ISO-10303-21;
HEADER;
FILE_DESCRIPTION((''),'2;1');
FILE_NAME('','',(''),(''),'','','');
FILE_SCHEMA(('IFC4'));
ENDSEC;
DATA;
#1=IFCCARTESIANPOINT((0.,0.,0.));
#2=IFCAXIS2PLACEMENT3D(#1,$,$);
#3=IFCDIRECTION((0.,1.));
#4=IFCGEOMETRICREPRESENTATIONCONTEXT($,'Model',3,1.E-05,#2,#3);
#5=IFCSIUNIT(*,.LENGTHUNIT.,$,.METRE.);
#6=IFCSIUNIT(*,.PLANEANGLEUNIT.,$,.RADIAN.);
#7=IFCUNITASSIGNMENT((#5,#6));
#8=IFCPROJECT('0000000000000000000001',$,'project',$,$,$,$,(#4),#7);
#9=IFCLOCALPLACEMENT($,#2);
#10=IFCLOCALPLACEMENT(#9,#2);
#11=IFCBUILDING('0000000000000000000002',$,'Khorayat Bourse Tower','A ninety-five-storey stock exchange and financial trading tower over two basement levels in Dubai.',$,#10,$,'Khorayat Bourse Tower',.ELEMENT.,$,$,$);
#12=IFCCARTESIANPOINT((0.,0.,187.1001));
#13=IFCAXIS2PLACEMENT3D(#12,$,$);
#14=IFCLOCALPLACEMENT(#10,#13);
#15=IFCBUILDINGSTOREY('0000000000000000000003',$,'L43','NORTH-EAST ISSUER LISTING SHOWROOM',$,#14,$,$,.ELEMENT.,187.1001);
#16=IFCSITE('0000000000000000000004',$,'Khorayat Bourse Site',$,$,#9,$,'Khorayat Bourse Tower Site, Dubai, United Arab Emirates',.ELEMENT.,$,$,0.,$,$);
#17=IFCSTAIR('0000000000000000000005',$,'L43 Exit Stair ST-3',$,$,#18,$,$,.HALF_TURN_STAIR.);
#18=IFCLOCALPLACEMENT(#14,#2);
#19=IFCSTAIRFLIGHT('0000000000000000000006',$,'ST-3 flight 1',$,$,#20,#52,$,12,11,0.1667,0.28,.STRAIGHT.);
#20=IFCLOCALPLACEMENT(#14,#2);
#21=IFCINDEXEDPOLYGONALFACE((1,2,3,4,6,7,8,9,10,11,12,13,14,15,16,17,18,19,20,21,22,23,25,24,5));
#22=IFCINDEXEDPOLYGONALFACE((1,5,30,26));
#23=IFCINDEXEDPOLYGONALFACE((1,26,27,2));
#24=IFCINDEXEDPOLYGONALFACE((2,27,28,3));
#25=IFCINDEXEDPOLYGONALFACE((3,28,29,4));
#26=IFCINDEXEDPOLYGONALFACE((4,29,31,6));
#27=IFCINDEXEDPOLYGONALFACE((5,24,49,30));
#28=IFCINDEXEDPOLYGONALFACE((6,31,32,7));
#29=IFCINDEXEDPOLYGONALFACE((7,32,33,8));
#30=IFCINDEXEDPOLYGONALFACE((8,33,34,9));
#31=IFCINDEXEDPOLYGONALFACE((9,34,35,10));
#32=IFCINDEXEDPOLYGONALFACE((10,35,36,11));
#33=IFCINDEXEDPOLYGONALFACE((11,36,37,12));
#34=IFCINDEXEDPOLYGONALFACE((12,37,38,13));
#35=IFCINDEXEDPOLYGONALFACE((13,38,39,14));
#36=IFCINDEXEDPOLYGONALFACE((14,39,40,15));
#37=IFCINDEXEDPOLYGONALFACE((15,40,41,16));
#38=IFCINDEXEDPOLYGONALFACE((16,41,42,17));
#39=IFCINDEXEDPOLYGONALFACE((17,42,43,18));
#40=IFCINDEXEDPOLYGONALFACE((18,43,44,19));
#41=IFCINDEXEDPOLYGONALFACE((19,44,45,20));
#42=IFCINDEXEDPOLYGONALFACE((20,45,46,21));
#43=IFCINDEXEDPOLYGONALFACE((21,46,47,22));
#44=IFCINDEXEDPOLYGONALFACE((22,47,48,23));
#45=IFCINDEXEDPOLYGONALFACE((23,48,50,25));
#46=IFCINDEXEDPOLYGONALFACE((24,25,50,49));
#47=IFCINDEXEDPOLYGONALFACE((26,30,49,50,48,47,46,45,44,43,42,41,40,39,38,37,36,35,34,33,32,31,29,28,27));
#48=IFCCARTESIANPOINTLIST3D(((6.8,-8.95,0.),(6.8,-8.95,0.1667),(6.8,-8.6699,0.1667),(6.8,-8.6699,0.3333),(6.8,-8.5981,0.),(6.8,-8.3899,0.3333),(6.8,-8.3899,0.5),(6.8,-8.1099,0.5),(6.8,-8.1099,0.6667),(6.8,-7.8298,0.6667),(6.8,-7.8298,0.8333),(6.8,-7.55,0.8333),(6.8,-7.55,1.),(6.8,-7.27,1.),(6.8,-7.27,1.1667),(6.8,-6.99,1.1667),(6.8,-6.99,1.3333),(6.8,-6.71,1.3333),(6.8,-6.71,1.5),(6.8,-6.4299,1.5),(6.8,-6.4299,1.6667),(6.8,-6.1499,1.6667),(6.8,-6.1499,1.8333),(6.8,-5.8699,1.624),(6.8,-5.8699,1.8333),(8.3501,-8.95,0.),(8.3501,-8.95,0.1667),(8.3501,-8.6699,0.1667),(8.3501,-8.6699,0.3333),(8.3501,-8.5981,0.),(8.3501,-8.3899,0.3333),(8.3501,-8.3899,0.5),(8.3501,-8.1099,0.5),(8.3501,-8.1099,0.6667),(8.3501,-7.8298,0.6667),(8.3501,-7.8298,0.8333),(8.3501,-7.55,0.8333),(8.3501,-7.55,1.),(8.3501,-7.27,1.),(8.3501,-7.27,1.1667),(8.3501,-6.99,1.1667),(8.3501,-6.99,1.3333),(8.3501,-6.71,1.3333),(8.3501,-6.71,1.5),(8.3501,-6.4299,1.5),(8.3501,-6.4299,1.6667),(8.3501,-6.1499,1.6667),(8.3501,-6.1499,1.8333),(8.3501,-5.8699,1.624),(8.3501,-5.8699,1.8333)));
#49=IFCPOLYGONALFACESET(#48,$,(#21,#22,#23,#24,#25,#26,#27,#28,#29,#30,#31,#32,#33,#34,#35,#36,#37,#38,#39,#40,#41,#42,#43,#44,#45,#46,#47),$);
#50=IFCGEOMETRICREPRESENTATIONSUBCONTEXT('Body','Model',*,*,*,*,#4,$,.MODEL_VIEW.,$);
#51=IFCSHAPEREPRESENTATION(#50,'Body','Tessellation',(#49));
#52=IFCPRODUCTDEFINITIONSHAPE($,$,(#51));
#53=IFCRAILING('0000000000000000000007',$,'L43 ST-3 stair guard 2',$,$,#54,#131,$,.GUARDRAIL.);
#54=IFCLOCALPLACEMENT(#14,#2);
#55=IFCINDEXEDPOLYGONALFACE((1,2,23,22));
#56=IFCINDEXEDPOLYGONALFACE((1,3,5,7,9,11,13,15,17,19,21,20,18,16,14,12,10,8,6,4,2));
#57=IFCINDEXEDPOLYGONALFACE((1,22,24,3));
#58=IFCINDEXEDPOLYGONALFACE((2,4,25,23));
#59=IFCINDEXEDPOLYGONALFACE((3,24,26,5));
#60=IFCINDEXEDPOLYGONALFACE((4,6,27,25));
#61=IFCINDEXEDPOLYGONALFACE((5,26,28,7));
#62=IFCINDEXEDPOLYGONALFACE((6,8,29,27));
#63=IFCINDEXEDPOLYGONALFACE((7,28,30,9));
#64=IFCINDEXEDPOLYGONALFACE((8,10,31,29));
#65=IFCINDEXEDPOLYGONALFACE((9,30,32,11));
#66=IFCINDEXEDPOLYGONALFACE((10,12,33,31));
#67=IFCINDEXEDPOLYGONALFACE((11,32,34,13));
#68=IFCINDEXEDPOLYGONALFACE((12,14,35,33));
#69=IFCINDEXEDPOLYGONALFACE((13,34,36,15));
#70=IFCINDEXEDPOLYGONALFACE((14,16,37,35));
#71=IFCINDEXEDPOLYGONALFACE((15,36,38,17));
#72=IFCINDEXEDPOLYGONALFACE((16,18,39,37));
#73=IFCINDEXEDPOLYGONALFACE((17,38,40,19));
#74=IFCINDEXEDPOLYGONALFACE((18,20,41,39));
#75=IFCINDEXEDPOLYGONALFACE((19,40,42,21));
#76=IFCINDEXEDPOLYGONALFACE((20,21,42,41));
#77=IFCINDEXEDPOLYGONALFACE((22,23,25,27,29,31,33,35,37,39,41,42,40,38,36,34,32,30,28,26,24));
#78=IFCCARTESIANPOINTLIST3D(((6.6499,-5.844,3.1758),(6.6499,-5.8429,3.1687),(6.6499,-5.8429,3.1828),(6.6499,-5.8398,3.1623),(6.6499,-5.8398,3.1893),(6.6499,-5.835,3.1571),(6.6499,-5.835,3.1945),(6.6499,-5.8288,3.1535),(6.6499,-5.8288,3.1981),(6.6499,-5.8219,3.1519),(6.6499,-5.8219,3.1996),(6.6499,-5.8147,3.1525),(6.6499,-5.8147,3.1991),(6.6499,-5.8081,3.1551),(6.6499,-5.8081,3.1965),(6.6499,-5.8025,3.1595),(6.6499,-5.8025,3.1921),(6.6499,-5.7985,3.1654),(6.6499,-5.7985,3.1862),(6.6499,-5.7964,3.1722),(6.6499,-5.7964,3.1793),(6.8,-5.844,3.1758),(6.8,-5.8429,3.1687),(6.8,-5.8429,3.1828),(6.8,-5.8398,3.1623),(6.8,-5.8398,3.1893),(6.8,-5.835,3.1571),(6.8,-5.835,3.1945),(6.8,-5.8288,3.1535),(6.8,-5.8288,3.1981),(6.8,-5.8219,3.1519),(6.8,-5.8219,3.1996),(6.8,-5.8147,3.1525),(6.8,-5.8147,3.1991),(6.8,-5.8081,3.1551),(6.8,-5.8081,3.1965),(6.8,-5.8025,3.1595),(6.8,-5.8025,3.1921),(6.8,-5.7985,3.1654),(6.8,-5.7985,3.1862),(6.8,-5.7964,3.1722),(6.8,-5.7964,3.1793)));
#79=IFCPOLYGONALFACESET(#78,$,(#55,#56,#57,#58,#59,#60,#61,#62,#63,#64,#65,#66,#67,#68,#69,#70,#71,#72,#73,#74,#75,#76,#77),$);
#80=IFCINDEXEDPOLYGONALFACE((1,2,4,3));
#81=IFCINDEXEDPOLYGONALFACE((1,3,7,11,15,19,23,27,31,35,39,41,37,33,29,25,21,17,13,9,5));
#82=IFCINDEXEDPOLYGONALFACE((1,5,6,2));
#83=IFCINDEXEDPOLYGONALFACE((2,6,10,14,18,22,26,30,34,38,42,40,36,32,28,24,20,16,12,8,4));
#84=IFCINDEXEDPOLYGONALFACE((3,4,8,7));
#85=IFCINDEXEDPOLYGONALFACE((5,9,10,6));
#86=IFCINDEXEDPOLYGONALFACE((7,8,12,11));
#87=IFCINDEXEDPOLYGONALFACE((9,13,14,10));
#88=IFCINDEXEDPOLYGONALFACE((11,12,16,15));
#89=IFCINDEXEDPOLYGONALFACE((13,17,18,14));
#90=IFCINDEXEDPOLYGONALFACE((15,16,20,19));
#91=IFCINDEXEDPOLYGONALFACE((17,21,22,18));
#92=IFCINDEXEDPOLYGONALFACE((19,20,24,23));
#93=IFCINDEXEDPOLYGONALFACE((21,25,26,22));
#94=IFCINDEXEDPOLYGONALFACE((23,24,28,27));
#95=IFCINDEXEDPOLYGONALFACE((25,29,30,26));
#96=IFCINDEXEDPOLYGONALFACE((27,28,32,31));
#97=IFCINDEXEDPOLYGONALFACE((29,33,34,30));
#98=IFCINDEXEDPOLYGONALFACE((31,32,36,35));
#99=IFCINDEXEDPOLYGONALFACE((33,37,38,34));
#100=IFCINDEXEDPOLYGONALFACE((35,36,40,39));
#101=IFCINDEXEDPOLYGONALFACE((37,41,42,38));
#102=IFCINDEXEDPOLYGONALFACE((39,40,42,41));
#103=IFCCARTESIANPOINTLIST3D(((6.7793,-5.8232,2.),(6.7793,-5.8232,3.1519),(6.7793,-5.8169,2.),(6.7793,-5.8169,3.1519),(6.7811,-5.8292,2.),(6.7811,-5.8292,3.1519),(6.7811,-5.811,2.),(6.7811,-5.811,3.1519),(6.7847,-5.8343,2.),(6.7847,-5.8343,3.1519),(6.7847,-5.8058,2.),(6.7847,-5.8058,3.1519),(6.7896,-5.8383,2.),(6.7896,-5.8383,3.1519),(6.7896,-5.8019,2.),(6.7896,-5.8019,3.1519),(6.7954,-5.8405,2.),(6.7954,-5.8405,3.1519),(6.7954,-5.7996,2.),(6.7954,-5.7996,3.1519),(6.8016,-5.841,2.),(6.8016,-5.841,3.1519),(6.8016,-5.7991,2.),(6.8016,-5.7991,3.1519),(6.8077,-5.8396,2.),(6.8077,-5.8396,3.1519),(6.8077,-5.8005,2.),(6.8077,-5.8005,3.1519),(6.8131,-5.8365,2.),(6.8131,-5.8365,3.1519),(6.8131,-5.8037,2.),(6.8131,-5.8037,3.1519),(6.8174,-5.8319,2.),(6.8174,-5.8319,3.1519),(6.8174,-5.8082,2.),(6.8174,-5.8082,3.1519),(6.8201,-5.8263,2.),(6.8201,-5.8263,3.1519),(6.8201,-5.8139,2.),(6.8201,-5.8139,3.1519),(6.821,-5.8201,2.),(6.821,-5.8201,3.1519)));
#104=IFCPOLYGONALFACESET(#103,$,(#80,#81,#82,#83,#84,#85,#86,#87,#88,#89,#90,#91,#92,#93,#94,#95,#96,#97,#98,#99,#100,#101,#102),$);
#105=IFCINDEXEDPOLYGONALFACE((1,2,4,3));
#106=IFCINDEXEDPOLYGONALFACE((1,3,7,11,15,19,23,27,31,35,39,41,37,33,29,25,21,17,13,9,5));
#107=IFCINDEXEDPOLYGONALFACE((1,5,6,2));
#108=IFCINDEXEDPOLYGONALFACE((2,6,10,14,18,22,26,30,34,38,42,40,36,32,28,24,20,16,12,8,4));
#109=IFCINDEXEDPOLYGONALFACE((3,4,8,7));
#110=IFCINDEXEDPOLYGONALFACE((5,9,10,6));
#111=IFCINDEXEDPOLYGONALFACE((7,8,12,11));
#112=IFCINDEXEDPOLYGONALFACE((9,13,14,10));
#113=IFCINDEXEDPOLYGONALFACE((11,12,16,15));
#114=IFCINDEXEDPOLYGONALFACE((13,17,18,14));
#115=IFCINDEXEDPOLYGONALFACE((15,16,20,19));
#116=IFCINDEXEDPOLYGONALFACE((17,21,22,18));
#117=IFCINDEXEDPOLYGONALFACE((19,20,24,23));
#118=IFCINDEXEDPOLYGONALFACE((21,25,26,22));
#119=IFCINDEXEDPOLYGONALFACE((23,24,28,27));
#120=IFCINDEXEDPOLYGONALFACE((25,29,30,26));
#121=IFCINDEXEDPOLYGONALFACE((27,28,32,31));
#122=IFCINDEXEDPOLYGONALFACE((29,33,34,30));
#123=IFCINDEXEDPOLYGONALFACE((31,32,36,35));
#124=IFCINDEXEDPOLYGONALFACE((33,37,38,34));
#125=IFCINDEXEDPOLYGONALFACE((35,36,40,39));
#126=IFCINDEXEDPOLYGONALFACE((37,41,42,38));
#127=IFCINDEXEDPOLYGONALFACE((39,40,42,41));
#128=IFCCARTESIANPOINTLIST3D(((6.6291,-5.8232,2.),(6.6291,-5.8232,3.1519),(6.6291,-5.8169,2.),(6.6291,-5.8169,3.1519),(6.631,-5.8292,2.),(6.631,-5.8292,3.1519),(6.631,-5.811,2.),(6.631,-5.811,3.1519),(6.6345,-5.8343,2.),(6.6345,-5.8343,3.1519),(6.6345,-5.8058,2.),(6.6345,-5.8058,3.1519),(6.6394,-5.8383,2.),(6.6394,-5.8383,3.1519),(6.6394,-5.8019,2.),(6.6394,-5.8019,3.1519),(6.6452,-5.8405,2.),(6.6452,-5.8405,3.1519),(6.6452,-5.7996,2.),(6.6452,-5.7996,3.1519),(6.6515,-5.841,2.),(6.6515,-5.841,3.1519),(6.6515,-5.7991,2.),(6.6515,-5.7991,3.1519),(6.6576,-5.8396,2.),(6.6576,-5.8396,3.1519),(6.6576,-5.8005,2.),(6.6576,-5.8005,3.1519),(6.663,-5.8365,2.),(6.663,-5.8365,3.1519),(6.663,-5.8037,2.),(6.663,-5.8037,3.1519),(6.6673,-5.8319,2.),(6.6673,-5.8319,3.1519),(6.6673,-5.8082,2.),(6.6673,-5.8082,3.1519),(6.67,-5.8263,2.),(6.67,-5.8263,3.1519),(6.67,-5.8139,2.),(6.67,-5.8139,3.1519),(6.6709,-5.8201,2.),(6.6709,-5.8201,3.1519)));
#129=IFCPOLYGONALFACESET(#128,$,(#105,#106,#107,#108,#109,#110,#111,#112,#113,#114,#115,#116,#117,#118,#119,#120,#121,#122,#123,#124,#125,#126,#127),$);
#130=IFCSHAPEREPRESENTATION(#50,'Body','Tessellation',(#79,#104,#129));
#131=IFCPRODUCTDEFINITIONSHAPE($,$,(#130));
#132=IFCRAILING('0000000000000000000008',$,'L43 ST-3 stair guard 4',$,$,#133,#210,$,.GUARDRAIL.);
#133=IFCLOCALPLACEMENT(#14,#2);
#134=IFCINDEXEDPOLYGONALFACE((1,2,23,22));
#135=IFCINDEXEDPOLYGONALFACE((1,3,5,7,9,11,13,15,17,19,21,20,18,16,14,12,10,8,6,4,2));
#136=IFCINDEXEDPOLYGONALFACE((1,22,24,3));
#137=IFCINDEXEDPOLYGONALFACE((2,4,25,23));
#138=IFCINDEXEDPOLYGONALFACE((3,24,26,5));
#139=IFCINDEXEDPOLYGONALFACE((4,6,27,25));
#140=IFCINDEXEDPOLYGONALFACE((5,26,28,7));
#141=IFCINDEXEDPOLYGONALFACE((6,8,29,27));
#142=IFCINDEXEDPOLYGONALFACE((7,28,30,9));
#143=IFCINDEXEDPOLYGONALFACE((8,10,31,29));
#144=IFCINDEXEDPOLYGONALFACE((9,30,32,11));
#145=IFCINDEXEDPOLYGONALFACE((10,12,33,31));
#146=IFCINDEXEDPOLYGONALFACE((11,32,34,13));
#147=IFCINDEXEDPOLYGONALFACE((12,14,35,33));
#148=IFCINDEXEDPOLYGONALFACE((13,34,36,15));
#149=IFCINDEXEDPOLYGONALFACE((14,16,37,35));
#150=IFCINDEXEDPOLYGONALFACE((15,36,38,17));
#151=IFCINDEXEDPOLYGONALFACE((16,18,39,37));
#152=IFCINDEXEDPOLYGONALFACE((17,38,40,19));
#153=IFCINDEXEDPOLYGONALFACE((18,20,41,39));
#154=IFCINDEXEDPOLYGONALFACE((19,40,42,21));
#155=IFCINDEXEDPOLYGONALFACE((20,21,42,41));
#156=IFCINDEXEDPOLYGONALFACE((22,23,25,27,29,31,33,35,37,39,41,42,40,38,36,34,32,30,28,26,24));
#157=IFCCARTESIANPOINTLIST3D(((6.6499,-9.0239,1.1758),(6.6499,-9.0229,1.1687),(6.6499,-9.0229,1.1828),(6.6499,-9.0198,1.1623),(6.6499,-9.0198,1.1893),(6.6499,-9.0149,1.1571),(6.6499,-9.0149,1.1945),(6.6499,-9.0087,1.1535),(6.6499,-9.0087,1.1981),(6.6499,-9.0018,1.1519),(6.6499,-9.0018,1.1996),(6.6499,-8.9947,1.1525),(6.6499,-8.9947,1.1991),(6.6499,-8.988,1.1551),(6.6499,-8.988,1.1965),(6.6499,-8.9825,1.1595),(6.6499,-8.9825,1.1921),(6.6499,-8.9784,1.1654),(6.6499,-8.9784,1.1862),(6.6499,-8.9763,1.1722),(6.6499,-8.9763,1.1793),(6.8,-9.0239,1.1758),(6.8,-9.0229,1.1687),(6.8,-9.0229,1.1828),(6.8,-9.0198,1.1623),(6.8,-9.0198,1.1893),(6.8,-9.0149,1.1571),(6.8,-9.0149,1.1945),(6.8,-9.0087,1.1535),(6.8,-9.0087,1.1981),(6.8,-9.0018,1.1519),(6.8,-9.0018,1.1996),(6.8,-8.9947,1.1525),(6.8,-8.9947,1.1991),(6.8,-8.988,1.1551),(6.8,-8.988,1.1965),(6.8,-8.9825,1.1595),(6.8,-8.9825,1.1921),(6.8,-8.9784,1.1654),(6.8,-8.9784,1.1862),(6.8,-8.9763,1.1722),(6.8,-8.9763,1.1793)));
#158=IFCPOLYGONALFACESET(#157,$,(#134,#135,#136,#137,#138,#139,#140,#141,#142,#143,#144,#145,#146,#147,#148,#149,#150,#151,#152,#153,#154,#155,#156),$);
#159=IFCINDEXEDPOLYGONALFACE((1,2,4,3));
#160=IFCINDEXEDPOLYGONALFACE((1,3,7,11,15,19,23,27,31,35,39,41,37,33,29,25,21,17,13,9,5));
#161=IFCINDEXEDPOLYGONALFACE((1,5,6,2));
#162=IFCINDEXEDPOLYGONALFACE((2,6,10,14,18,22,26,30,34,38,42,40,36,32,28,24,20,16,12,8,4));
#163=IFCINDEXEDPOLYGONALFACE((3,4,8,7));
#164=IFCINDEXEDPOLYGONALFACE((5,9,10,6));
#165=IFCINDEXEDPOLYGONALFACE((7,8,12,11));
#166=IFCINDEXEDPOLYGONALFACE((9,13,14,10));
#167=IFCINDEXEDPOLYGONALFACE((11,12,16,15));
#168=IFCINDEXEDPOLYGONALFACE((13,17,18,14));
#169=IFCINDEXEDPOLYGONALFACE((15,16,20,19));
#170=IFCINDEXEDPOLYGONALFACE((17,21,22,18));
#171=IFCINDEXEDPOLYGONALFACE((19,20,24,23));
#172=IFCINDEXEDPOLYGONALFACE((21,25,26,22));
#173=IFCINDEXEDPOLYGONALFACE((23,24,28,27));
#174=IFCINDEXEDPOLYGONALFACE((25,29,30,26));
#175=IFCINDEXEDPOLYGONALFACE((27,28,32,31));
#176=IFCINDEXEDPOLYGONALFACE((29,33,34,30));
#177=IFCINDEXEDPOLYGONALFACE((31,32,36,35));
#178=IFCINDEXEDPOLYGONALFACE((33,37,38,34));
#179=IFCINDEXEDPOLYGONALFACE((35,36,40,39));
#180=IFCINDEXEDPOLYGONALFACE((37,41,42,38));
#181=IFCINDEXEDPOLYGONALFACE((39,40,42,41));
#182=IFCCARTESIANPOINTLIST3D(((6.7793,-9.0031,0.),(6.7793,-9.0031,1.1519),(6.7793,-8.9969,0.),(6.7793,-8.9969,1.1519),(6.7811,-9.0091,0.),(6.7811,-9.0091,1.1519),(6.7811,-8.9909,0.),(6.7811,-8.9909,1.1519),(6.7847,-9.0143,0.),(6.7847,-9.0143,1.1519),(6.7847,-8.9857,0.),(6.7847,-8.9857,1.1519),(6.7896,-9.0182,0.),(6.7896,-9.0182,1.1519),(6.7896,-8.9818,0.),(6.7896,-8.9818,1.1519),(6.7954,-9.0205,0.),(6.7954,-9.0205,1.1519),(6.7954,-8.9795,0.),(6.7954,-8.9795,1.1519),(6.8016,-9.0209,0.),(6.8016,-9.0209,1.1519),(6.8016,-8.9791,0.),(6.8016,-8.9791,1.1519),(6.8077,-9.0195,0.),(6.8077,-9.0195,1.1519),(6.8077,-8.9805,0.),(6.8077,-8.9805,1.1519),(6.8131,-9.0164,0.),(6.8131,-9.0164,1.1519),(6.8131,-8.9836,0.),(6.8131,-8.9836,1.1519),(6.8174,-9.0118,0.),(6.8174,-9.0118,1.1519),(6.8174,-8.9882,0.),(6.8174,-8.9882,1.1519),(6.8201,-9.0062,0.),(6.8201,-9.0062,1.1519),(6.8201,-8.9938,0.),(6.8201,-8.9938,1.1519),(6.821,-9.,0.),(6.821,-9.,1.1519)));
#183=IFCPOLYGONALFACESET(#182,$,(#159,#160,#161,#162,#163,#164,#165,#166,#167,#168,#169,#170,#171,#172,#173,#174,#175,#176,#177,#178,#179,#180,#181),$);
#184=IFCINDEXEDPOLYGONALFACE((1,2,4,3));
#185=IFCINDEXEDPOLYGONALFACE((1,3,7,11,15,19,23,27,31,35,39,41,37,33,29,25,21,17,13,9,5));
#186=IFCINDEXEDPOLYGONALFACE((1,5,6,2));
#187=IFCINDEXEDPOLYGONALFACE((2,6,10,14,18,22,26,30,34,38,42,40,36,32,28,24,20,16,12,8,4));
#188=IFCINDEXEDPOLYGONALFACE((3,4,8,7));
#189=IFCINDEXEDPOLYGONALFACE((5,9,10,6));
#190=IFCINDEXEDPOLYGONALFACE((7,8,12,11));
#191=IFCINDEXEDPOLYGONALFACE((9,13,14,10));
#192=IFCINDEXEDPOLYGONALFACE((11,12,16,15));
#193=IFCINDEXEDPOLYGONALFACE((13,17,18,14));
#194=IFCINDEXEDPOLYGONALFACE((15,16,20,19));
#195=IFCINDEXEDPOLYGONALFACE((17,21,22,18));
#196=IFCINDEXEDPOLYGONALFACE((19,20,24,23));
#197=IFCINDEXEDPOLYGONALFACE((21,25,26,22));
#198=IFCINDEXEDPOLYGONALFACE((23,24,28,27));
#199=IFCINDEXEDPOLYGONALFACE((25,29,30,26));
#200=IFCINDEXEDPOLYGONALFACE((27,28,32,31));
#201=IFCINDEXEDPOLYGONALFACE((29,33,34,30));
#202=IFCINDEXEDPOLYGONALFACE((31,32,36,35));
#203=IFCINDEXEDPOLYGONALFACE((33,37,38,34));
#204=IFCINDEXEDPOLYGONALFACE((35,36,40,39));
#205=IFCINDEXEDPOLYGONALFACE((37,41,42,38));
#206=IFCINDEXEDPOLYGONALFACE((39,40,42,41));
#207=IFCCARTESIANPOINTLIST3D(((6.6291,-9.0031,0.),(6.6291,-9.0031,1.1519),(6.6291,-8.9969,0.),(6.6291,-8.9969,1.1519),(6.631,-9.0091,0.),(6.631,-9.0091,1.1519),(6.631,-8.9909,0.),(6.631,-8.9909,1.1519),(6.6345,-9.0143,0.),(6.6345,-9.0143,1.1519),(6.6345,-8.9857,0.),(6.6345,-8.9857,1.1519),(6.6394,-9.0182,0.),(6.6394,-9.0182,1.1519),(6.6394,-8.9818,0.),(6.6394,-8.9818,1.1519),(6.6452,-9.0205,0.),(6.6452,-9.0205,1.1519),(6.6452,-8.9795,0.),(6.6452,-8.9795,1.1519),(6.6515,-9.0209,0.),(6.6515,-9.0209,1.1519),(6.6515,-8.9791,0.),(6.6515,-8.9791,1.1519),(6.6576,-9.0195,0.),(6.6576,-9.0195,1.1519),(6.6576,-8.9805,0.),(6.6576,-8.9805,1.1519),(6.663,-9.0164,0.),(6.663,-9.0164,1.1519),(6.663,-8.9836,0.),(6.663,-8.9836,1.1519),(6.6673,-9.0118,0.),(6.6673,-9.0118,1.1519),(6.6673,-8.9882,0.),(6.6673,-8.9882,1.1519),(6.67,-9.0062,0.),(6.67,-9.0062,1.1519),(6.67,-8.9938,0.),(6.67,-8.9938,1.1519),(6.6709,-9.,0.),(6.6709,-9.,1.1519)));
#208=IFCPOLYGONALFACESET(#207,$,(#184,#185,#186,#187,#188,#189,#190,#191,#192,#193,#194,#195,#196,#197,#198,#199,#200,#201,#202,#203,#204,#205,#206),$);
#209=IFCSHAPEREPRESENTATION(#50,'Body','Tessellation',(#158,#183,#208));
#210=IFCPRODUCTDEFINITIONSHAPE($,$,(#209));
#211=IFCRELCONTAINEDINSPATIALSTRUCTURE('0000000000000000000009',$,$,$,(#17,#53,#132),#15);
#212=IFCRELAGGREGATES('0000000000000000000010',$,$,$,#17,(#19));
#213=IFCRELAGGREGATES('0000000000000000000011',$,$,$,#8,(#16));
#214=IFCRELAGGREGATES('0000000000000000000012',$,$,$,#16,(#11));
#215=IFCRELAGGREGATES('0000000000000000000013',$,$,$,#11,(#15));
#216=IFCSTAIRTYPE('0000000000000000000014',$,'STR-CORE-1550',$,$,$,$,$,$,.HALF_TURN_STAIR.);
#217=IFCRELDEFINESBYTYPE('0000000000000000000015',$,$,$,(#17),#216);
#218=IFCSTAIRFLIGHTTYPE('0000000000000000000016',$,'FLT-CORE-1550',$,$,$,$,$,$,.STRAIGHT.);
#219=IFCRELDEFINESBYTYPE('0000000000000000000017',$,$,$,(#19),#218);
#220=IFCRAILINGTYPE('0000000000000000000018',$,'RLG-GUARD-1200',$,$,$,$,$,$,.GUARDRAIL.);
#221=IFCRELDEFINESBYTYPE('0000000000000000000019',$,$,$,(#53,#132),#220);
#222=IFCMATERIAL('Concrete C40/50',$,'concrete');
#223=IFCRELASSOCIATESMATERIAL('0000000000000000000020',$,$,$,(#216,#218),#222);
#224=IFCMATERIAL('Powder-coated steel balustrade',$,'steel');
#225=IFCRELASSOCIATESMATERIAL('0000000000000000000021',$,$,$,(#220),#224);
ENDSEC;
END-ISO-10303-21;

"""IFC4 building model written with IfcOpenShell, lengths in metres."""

from ifc_helpers import new_model, si_unit, direction, frame, origin, origin_2d, place, context, subcontext, project, spatial, polyline, circle, outline, extrude, source, transform, mapped, material, type_object, element, aggregate, save


model = new_model("IFC4")

# Units and contexts
model_context = context("Model", 3, precision=1e-05, world=origin(), true_north=direction((0.0, 1.0)))
body_context = subcontext(model_context, "Body", "Model", "MODEL_VIEW")
ifc_project = project(units=[si_unit("LENGTHUNIT", "METRE"), si_unit("PLANEANGLEUNIT", "RADIAN")], contexts=[model_context])

# Site, building, storey
site_placement = place(None, origin())
site = spatial("IfcSite", under=ifc_project, at=site_placement, Name="Khorayat Bourse Site", LongName="Khorayat Bourse Tower Site, Dubai, United Arab Emirates", CompositionType="ELEMENT", RefElevation=0.0)
building_placement = place(site_placement, origin())
building = spatial("IfcBuilding", under=site, at=building_placement, Name="Khorayat Bourse Tower", Description="A ninety-five-storey stock exchange and financial trading tower over two basement levels in Dubai.", LongName="Khorayat Bourse Tower", CompositionType="ELEMENT")
storey_placement = place(building_placement, frame((0.0, 0.0, 187.1001)))
storey = spatial("IfcBuildingStorey", under=building, at=storey_placement, Name="L43", Description="NORTH-EAST ISSUER LISTING SHOWROOM", CompositionType="ELEMENT", Elevation=187.1001)

# Stair, stair flight
ifc_material_1 = material(Name="Concrete C40/50", Category="concrete")
stair_type = type_object("IfcStairType", Name="STR-CORE-1550", PredefinedType="HALF_TURN_STAIR", material=ifc_material_1)
stair_placement = place(storey_placement, origin())
stair = element("IfcStair", 1, at=stair_placement, inside=storey, type_object=stair_type, Name="L43 Exit Stair ST-3", PredefinedType="HALF_TURN_STAIR")
stair_flight_type = type_object("IfcStairFlightType", Name="FLT-CORE-1550", PredefinedType="STRAIGHT", material=ifc_material_1)
shared_shape_1 = source(origin(), body_context, "Body", "SweptSolid", [
    extrude(outline(polyline([(0.0, 0.0), (0.0, 0.1667), (0.28, 0.1667), (0.28, 0.3333), (0.5601, 0.3333), (0.5601, 0.5), (0.8401, 0.5), (0.8401, 0.6667), (1.1201, 0.6667), (1.1201, 0.8333), (1.3999, 0.8333), (1.3999, 1.0), (1.6799, 1.0), (1.6799, 1.1667), (1.96, 1.1667), (1.96, 1.3333), (2.24, 1.3333), (2.24, 1.5), (2.52, 1.5), (2.52, 1.6667), (2.8, 1.6667), (2.8, 1.8333), (3.0801, 1.8333), (3.0801, 2.0), (3.0801, 1.624), (0.3518, 0.0), (0.0, 0.0)])), frame((0.0, 0.7749, 0.0), z_axis=(0.0, -1.0, 0.0), x_axis=(1.0, 0.0, 0.0)), (0.0, 0.0, 1.0), 1.55),
])
stair_flight_placement = place(storey_placement, frame((7.575, -8.95, 0.0), z_axis=(0.0, 0.0, 1.0), x_axis=(0.0, 1.0, 0.0)))
stair_flight = element("IfcStairFlight", 2, at=stair_flight_placement, type_object=stair_flight_type, Name="ST-3 flight 1", NumberOfRisers=12, NumberOfTreads=11, PredefinedType="STRAIGHT", RiserHeight=0.1667, TreadLength=0.28, context=body_context, shape_type="MappedRepresentation", body=[
    mapped(shared_shape_1, transform((0.0, 0.0, 0.0), scale=1.0)),
])
aggregate(stair, [stair_flight])

# Railings
ifc_material_2 = material(Name="Powder-coated steel balustrade", Category="steel")
railing_type_1 = type_object("IfcRailingType", Name="RLG-GUARD-1200", PredefinedType="GUARDRAIL", material=ifc_material_2)
shared_shape_2 = source(origin(), body_context, "Body", "SweptSolid", [
    extrude(circle(Radius=0.0239, at=origin_2d()), frame((0.0, 0.0, 1.1758), z_axis=(-1.0, 0.0, 0.0), x_axis=(0.0, -1.0, 0.0)), (0.0, 0.0, 1.0), 0.1501),
    extrude(circle(Radius=0.021, at=origin_2d()), origin(), (0.0, 0.0, 1.0), 1.1519),
    extrude(circle(Radius=0.021, at=origin_2d()), frame((-0.1501, 0.0, 0.0)), (0.0, 0.0, 1.0), 1.1519),
])
for number, where, name in (
    (3, (6.8, -5.8201, 2.0), "L43 ST-3 stair guard 2"),
    (4, (6.8, -9.0, 0.0), "L43 ST-3 stair guard 4"),
):
    element("IfcRailing", number, at=place(storey_placement, frame(where)), inside=storey, type_object=railing_type_1, Name=name, PredefinedType="GUARDRAIL", context=body_context, shape_type="MappedRepresentation", body=[
        mapped(shared_shape_2, transform((0.0, 0.0, 0.0), scale=1.0)),
    ])

save(model, "model.ifc")
